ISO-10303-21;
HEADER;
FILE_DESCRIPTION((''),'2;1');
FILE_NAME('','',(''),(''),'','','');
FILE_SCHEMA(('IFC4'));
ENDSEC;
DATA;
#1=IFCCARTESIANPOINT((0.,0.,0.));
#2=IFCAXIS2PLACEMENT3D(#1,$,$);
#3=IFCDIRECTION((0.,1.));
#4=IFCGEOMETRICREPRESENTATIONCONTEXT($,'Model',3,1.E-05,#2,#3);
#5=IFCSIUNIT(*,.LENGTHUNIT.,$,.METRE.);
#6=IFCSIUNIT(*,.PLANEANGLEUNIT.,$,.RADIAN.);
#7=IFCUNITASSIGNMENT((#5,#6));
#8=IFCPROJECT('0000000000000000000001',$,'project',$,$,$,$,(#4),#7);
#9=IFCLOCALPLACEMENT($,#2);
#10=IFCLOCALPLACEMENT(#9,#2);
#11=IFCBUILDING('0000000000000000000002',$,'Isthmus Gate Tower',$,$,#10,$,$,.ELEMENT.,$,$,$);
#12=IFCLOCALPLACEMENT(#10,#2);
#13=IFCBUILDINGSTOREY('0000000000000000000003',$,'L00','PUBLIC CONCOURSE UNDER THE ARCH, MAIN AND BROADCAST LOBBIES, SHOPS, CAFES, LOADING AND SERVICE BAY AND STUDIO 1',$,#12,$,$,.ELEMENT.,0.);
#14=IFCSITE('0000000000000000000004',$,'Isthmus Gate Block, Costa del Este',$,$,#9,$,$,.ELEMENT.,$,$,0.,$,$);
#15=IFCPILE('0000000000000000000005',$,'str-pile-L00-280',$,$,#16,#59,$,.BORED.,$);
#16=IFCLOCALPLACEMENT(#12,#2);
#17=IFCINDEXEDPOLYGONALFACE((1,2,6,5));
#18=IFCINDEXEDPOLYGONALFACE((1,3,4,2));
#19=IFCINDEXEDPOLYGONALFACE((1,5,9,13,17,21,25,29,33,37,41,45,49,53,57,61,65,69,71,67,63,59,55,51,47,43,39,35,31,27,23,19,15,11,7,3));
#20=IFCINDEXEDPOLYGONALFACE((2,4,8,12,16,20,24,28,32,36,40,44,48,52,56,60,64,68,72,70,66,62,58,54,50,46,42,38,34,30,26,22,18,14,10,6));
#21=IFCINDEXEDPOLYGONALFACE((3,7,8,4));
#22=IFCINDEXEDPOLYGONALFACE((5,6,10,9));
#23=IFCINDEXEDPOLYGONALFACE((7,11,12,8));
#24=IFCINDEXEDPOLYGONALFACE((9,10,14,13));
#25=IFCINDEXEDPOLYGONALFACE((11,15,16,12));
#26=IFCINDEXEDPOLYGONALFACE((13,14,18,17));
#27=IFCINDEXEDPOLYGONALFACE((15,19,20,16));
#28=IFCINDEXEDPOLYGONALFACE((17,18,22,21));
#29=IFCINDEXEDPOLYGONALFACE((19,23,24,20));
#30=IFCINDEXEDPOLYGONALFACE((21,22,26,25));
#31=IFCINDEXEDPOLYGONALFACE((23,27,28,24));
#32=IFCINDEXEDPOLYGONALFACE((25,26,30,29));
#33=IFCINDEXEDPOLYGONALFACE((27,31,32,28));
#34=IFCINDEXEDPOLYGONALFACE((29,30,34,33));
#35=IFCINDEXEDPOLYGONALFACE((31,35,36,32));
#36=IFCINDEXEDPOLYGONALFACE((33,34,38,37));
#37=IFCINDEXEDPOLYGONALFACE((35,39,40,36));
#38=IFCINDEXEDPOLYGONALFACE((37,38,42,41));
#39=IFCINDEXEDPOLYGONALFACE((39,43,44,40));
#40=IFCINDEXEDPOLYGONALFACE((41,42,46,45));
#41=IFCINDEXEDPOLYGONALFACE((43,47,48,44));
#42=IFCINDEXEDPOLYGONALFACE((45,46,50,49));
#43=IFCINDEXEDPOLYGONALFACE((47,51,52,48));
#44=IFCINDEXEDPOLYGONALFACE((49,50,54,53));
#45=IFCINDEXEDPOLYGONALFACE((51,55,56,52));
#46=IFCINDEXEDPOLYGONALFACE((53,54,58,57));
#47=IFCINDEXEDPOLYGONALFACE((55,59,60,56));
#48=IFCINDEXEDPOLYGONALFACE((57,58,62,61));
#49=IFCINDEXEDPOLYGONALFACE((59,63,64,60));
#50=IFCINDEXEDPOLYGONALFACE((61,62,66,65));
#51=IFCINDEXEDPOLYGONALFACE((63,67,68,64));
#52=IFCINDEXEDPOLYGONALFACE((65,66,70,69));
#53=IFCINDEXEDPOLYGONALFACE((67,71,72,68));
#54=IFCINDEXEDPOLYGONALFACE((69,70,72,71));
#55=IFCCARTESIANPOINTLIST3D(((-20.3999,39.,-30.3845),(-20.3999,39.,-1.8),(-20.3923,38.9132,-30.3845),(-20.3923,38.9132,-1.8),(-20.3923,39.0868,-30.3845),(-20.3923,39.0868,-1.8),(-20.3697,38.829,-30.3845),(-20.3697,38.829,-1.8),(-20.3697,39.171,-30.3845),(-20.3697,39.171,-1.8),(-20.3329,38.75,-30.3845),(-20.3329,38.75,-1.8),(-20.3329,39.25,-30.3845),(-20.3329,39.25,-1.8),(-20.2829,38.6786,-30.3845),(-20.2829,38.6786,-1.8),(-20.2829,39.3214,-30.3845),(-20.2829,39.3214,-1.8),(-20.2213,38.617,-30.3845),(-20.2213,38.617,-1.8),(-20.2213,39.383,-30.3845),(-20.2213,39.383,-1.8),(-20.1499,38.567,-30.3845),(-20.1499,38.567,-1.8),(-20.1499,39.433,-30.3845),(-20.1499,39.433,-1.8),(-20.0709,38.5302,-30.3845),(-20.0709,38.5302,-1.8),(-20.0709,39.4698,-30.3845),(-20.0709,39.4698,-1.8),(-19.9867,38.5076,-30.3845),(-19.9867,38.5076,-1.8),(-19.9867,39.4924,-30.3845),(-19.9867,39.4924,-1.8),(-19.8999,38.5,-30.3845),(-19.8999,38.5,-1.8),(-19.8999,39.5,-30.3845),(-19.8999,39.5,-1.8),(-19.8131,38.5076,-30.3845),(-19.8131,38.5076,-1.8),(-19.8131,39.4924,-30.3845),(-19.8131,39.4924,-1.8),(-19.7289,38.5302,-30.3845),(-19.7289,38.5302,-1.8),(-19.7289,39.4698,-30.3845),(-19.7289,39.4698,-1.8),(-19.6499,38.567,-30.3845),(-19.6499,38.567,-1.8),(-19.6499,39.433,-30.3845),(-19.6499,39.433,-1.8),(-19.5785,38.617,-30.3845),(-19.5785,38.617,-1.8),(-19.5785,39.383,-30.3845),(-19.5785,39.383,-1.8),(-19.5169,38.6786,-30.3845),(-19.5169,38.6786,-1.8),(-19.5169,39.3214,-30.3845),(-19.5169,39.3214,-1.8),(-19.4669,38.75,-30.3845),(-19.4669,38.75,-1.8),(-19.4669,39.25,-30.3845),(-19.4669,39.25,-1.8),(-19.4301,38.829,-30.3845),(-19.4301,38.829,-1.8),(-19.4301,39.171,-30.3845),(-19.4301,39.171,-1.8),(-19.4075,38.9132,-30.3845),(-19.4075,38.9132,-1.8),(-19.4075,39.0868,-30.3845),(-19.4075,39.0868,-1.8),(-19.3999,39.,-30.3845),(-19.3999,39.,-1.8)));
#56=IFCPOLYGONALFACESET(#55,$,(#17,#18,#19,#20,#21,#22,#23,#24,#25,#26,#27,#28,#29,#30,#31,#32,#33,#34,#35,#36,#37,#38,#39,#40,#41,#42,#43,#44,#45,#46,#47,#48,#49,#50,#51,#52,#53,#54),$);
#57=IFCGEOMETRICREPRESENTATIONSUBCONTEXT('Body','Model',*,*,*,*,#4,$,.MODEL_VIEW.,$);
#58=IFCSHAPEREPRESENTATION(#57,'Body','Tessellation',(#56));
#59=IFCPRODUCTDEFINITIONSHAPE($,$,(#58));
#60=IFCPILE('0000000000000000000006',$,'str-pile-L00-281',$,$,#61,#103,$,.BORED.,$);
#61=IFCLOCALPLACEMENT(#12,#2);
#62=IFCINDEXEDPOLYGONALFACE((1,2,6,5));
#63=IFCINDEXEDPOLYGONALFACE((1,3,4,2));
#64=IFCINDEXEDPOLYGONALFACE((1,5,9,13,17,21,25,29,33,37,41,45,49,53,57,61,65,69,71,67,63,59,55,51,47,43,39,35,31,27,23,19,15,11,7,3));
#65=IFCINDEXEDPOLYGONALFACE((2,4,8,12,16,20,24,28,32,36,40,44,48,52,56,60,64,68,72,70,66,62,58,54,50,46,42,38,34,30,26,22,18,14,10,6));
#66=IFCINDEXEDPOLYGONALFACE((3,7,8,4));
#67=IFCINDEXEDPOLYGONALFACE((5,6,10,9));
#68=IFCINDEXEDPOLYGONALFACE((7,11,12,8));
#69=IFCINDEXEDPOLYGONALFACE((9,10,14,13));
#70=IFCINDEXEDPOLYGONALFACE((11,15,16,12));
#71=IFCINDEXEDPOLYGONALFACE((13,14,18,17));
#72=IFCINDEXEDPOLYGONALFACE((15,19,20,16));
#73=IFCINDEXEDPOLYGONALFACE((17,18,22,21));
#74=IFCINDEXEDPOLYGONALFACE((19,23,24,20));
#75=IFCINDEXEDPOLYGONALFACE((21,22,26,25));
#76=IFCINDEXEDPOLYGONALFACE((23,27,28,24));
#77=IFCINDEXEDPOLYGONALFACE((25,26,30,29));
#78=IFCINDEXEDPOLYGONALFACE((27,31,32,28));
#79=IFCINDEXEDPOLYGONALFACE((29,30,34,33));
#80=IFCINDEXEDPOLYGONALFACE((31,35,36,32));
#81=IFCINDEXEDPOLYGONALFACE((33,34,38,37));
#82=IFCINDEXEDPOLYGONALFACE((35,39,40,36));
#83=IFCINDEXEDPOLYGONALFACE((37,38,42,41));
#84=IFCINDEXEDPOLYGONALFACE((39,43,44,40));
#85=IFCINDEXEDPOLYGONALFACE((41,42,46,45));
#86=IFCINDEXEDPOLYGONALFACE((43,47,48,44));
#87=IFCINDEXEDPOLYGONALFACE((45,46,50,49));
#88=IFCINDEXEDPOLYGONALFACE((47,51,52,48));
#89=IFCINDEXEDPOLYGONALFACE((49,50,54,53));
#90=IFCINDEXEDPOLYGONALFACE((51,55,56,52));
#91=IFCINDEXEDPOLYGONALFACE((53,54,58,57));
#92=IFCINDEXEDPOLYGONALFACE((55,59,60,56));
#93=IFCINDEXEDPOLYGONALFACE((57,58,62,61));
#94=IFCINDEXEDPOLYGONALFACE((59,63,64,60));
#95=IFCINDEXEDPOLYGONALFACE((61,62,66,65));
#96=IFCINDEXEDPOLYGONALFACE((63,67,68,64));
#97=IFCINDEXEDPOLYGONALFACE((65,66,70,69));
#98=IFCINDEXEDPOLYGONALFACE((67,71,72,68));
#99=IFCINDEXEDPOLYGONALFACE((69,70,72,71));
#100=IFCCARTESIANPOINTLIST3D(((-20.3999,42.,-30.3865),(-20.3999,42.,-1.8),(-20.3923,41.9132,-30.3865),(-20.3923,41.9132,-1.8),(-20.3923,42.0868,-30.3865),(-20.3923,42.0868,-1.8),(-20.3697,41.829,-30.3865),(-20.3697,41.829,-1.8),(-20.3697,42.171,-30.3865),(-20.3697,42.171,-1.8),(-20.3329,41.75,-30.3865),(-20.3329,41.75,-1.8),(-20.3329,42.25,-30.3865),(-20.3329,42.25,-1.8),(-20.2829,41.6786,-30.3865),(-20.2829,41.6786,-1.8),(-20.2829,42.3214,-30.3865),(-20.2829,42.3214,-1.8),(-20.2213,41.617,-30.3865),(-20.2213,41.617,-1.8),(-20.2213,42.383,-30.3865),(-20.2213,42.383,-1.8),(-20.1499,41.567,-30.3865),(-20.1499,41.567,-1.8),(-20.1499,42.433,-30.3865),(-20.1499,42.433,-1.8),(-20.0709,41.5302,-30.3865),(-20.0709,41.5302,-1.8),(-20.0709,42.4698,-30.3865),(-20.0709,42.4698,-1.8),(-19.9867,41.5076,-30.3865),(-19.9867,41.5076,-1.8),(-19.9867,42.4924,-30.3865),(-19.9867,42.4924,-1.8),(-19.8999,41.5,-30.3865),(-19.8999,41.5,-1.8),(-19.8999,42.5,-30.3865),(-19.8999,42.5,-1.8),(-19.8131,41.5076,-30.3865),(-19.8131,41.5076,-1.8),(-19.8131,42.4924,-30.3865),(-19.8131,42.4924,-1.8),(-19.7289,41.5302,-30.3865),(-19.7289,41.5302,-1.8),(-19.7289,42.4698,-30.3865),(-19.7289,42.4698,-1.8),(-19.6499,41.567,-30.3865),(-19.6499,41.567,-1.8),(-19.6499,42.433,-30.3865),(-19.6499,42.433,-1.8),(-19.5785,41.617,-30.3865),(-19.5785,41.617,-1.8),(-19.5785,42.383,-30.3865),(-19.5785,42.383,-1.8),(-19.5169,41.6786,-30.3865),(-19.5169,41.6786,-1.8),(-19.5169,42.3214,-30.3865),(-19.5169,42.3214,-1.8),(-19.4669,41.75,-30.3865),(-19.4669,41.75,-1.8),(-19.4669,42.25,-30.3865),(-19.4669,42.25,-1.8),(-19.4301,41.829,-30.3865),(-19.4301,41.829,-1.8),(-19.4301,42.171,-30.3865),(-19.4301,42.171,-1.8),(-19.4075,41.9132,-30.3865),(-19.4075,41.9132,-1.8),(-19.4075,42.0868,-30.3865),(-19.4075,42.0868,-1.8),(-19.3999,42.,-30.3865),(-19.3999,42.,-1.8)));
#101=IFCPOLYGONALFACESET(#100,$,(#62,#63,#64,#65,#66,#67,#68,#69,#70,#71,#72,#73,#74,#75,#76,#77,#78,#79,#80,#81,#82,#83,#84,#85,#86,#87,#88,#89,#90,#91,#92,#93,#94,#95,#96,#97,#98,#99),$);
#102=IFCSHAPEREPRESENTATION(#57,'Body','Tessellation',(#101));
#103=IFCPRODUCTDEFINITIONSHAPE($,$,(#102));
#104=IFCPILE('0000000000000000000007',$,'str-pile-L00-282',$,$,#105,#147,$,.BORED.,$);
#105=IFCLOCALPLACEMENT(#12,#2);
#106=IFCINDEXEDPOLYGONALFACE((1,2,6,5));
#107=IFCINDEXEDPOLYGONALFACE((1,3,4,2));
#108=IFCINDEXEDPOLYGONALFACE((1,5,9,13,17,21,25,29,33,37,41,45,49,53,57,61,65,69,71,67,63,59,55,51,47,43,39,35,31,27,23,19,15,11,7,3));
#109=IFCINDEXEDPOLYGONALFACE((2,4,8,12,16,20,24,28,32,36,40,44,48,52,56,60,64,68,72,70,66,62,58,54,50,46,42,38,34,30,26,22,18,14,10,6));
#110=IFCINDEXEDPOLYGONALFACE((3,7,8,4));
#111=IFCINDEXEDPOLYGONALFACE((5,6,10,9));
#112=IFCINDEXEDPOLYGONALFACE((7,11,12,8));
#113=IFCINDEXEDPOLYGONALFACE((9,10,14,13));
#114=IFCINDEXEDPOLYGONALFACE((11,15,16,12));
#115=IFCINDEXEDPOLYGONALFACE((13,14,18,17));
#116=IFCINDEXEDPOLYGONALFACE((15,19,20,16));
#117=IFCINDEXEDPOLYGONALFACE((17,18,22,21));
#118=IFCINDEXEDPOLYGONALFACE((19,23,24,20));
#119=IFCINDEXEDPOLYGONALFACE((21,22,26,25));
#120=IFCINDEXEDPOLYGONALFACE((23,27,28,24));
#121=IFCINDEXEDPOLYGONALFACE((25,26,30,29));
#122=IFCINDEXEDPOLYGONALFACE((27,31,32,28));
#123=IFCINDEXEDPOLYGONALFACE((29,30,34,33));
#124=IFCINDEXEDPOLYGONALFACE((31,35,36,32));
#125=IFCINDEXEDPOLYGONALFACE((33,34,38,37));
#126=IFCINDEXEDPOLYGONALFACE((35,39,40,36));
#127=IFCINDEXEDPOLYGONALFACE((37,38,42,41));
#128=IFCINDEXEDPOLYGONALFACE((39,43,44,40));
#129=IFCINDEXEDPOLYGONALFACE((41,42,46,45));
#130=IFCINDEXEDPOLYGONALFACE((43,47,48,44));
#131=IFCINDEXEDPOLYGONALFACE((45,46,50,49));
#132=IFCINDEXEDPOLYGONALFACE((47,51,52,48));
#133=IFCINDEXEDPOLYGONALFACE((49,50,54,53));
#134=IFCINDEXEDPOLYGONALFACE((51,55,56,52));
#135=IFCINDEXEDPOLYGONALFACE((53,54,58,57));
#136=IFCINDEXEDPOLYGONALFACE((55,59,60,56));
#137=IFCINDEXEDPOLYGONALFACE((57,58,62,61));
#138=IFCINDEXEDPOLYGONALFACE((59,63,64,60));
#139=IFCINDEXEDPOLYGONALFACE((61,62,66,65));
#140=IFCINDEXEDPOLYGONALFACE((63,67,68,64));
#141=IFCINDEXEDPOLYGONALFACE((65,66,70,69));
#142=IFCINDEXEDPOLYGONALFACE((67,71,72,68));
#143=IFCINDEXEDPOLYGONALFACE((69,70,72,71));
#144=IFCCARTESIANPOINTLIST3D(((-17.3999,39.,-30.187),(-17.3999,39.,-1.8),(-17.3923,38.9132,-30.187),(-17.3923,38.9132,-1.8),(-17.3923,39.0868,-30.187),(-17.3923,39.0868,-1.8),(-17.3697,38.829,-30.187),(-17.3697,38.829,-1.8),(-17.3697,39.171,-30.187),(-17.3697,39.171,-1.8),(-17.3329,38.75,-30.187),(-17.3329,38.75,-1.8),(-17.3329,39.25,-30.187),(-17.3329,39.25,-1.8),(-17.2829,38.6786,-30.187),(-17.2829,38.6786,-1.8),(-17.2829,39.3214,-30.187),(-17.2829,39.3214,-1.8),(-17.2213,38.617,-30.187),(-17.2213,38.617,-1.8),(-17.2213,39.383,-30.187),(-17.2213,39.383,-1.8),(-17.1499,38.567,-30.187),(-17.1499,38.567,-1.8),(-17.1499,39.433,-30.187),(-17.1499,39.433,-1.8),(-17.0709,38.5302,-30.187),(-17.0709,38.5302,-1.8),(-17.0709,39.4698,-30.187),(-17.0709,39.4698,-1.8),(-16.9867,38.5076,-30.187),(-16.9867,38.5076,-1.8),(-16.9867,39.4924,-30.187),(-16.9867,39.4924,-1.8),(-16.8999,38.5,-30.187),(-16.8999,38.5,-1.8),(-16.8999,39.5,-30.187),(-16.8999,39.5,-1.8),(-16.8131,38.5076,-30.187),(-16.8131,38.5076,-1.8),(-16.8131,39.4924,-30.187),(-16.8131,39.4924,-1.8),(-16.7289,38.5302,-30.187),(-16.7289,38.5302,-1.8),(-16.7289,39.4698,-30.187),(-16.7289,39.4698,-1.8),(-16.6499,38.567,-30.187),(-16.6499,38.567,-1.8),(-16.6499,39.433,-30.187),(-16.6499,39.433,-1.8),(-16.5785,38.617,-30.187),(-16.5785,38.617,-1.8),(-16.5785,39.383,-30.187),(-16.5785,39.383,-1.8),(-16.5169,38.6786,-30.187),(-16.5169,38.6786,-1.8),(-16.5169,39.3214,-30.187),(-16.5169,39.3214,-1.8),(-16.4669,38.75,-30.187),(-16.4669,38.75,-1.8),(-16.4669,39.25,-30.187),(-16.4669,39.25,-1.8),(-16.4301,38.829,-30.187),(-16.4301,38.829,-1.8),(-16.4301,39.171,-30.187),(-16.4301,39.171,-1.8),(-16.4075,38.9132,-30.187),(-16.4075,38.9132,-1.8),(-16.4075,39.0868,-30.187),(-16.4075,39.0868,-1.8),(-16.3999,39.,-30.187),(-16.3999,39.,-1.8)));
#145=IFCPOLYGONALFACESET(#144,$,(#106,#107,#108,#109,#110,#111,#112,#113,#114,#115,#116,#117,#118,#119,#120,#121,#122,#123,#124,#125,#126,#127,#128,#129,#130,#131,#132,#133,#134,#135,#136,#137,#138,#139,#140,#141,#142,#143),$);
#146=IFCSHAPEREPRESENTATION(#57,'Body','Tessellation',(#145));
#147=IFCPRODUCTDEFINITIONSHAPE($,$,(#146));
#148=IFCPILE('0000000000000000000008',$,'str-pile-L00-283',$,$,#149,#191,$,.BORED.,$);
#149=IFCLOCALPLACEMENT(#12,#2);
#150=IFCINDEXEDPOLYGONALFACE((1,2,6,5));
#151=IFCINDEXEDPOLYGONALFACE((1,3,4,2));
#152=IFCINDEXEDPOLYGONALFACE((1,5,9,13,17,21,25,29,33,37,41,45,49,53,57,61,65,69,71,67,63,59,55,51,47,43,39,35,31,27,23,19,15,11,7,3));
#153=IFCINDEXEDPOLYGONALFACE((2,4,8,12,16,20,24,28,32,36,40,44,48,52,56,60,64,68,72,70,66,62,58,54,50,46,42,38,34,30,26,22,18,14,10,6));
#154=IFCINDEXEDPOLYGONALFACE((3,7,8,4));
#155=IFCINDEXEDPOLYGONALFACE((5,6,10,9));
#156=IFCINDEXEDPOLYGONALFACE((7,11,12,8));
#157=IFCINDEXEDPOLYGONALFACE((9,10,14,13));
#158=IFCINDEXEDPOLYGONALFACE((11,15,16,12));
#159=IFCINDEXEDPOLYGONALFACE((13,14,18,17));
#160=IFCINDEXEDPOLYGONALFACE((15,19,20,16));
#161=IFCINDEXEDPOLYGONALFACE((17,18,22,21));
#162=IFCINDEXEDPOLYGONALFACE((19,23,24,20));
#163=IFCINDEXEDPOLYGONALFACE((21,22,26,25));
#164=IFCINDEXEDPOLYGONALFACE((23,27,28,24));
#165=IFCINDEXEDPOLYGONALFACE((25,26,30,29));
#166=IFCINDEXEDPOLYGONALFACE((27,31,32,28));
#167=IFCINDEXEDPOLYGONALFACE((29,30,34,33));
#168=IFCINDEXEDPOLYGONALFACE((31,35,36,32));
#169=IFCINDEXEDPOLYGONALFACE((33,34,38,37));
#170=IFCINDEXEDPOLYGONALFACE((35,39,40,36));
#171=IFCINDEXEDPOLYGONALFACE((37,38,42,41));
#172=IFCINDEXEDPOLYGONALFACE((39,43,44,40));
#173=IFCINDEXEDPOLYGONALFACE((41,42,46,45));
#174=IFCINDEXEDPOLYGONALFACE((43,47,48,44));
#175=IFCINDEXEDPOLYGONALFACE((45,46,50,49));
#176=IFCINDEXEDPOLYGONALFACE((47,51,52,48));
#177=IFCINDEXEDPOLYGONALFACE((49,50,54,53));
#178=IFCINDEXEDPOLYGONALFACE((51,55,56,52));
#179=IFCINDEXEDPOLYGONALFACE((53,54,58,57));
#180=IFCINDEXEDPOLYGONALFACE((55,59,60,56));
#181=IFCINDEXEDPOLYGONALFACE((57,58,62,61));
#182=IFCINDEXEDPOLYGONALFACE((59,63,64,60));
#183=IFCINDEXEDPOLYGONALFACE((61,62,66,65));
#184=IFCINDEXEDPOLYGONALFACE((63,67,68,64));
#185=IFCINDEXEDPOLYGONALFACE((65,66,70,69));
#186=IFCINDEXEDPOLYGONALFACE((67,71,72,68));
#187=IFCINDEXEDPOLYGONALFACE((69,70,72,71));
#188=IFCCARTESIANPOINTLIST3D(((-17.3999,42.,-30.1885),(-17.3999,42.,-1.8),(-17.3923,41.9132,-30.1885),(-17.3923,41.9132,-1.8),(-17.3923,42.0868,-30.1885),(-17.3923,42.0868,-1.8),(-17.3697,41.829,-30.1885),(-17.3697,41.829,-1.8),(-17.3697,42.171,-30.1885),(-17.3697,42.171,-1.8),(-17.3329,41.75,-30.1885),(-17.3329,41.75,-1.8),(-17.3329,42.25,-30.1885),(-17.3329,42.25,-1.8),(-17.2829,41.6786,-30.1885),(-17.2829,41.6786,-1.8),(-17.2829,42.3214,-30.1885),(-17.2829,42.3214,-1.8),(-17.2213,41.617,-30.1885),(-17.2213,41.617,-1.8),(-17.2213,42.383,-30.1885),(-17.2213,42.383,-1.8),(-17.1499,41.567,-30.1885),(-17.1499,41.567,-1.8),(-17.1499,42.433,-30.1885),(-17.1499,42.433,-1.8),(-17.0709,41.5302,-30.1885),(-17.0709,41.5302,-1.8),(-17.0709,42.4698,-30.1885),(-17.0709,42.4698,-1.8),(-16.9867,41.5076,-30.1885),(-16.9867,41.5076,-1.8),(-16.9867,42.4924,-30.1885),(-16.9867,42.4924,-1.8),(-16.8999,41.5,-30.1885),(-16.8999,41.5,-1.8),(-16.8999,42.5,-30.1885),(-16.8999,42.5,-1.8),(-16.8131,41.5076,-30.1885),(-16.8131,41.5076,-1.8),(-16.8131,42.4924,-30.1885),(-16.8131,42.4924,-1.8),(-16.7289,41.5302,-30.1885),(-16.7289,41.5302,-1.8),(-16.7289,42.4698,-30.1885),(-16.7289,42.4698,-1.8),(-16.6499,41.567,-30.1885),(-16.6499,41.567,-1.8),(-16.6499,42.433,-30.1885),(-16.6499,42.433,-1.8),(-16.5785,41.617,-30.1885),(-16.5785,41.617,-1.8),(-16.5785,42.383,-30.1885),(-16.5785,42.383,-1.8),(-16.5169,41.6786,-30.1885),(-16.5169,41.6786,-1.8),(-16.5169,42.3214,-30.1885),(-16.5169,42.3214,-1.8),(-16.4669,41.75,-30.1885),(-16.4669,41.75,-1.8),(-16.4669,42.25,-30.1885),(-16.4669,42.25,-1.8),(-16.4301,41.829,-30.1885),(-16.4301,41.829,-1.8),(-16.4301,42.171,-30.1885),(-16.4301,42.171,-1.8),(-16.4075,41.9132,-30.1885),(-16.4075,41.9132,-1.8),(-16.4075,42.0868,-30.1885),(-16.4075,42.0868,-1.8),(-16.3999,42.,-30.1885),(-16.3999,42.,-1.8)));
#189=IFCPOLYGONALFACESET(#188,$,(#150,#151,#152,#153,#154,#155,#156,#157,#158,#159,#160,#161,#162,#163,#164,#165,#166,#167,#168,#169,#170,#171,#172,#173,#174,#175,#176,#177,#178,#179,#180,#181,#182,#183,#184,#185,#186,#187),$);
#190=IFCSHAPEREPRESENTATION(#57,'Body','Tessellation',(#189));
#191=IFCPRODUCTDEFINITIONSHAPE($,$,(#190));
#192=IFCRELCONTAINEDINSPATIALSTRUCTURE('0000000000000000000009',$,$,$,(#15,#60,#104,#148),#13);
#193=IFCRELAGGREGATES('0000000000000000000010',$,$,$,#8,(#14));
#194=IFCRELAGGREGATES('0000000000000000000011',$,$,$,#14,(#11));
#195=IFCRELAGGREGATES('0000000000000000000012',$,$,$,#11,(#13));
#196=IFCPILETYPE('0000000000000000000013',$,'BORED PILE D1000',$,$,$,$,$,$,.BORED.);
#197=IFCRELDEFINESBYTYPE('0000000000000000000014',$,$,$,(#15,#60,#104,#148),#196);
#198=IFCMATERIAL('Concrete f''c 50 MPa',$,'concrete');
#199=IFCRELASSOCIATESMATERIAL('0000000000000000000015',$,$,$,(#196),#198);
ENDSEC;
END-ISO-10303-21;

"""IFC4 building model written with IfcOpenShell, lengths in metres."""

from ifc_helpers import new_model, si_unit, direction, frame, origin, origin_2d, place, context, subcontext, project, spatial, circle, extrude, material, material_profile, profile_set, type_object, element, save


model = new_model("IFC4")

# Units and contexts
model_context = context("Model", 3, precision=1e-05, world=origin(), true_north=direction((0.0, 1.0)))
body_context = subcontext(model_context, "Body", "Model", "MODEL_VIEW")
ifc_project = project(units=[si_unit("LENGTHUNIT", "METRE"), si_unit("PLANEANGLEUNIT", "RADIAN")], contexts=[model_context])

# Site, building, storey
site_placement = place(None, origin())
site = spatial("IfcSite", under=ifc_project, at=site_placement, Name="Isthmus Gate Block, Costa del Este", CompositionType="ELEMENT", RefElevation=0.0)
building_placement = place(site_placement, origin())
building = spatial("IfcBuilding", under=site, at=building_placement, Name="Isthmus Gate Tower", CompositionType="ELEMENT")
storey_placement = place(building_placement, origin())
storey = spatial("IfcBuildingStorey", under=building, at=storey_placement, Name="L00", Description="PUBLIC CONCOURSE UNDER THE ARCH, MAIN AND BROADCAST LOBBIES, SHOPS, CAFES, LOADING AND SERVICE BAY AND STUDIO 1", CompositionType="ELEMENT", Elevation=0.0)

# Piles
ifc_material_1 = material(Name="Concrete f'c 50 MPa", Category="concrete")
ifc_material_profile_1 = material_profile(ifc_material_1, circle(Radius=0.5, at=origin_2d()), Name="D1000")
ifc_profile_set_1 = profile_set([ifc_material_profile_1], Name="Concrete f'c 50 MPa")
pile_type_1 = type_object("IfcPileType", Name="BORED PILE D1000", PredefinedType="BORED", material=ifc_profile_set_1)
pile_1_placement = place(storey_placement, frame((-19.8999, 39.0, -1.8), z_axis=(0.0, 0.0, -1.0), x_axis=(1.0, 0.0, 0.0)))
element("IfcPile", 1, at=pile_1_placement, inside=storey, type_object=pile_type_1, Name="str-pile-L00-280", PredefinedType="BORED", context=body_context, shape_type="SweptSolid", body=[
    extrude(circle(Radius=0.5, at=origin_2d()), origin(), (0.0, 0.0, 1.0), 28.5845),
])
pile_2_placement = place(storey_placement, frame((-19.8999, 42.0, -1.8), z_axis=(0.0, 0.0, -1.0), x_axis=(1.0, 0.0, 0.0)))
element("IfcPile", 2, at=pile_2_placement, inside=storey, type_object=pile_type_1, Name="str-pile-L00-281", PredefinedType="BORED", context=body_context, shape_type="SweptSolid", body=[
    extrude(circle(Radius=0.5, at=origin_2d()), origin(), (0.0, 0.0, 1.0), 28.5864),
])
pile_3_placement = place(storey_placement, frame((-16.8999, 39.0, -1.8), z_axis=(0.0, 0.0, -1.0), x_axis=(1.0, 0.0, 0.0)))
element("IfcPile", 3, at=pile_3_placement, inside=storey, type_object=pile_type_1, Name="str-pile-L00-282", PredefinedType="BORED", context=body_context, shape_type="SweptSolid", body=[
    extrude(circle(Radius=0.5, at=origin_2d()), origin(), (0.0, 0.0, 1.0), 28.387),
])
pile_4_placement = place(storey_placement, frame((-16.8999, 42.0, -1.8), z_axis=(0.0, 0.0, -1.0), x_axis=(1.0, 0.0, 0.0)))
element("IfcPile", 4, at=pile_4_placement, inside=storey, type_object=pile_type_1, Name="str-pile-L00-283", PredefinedType="BORED", context=body_context, shape_type="SweptSolid", body=[
    extrude(circle(Radius=0.5, at=origin_2d()), origin(), (0.0, 0.0, 1.0), 28.3884),
])

save(model, "model.ifc")
